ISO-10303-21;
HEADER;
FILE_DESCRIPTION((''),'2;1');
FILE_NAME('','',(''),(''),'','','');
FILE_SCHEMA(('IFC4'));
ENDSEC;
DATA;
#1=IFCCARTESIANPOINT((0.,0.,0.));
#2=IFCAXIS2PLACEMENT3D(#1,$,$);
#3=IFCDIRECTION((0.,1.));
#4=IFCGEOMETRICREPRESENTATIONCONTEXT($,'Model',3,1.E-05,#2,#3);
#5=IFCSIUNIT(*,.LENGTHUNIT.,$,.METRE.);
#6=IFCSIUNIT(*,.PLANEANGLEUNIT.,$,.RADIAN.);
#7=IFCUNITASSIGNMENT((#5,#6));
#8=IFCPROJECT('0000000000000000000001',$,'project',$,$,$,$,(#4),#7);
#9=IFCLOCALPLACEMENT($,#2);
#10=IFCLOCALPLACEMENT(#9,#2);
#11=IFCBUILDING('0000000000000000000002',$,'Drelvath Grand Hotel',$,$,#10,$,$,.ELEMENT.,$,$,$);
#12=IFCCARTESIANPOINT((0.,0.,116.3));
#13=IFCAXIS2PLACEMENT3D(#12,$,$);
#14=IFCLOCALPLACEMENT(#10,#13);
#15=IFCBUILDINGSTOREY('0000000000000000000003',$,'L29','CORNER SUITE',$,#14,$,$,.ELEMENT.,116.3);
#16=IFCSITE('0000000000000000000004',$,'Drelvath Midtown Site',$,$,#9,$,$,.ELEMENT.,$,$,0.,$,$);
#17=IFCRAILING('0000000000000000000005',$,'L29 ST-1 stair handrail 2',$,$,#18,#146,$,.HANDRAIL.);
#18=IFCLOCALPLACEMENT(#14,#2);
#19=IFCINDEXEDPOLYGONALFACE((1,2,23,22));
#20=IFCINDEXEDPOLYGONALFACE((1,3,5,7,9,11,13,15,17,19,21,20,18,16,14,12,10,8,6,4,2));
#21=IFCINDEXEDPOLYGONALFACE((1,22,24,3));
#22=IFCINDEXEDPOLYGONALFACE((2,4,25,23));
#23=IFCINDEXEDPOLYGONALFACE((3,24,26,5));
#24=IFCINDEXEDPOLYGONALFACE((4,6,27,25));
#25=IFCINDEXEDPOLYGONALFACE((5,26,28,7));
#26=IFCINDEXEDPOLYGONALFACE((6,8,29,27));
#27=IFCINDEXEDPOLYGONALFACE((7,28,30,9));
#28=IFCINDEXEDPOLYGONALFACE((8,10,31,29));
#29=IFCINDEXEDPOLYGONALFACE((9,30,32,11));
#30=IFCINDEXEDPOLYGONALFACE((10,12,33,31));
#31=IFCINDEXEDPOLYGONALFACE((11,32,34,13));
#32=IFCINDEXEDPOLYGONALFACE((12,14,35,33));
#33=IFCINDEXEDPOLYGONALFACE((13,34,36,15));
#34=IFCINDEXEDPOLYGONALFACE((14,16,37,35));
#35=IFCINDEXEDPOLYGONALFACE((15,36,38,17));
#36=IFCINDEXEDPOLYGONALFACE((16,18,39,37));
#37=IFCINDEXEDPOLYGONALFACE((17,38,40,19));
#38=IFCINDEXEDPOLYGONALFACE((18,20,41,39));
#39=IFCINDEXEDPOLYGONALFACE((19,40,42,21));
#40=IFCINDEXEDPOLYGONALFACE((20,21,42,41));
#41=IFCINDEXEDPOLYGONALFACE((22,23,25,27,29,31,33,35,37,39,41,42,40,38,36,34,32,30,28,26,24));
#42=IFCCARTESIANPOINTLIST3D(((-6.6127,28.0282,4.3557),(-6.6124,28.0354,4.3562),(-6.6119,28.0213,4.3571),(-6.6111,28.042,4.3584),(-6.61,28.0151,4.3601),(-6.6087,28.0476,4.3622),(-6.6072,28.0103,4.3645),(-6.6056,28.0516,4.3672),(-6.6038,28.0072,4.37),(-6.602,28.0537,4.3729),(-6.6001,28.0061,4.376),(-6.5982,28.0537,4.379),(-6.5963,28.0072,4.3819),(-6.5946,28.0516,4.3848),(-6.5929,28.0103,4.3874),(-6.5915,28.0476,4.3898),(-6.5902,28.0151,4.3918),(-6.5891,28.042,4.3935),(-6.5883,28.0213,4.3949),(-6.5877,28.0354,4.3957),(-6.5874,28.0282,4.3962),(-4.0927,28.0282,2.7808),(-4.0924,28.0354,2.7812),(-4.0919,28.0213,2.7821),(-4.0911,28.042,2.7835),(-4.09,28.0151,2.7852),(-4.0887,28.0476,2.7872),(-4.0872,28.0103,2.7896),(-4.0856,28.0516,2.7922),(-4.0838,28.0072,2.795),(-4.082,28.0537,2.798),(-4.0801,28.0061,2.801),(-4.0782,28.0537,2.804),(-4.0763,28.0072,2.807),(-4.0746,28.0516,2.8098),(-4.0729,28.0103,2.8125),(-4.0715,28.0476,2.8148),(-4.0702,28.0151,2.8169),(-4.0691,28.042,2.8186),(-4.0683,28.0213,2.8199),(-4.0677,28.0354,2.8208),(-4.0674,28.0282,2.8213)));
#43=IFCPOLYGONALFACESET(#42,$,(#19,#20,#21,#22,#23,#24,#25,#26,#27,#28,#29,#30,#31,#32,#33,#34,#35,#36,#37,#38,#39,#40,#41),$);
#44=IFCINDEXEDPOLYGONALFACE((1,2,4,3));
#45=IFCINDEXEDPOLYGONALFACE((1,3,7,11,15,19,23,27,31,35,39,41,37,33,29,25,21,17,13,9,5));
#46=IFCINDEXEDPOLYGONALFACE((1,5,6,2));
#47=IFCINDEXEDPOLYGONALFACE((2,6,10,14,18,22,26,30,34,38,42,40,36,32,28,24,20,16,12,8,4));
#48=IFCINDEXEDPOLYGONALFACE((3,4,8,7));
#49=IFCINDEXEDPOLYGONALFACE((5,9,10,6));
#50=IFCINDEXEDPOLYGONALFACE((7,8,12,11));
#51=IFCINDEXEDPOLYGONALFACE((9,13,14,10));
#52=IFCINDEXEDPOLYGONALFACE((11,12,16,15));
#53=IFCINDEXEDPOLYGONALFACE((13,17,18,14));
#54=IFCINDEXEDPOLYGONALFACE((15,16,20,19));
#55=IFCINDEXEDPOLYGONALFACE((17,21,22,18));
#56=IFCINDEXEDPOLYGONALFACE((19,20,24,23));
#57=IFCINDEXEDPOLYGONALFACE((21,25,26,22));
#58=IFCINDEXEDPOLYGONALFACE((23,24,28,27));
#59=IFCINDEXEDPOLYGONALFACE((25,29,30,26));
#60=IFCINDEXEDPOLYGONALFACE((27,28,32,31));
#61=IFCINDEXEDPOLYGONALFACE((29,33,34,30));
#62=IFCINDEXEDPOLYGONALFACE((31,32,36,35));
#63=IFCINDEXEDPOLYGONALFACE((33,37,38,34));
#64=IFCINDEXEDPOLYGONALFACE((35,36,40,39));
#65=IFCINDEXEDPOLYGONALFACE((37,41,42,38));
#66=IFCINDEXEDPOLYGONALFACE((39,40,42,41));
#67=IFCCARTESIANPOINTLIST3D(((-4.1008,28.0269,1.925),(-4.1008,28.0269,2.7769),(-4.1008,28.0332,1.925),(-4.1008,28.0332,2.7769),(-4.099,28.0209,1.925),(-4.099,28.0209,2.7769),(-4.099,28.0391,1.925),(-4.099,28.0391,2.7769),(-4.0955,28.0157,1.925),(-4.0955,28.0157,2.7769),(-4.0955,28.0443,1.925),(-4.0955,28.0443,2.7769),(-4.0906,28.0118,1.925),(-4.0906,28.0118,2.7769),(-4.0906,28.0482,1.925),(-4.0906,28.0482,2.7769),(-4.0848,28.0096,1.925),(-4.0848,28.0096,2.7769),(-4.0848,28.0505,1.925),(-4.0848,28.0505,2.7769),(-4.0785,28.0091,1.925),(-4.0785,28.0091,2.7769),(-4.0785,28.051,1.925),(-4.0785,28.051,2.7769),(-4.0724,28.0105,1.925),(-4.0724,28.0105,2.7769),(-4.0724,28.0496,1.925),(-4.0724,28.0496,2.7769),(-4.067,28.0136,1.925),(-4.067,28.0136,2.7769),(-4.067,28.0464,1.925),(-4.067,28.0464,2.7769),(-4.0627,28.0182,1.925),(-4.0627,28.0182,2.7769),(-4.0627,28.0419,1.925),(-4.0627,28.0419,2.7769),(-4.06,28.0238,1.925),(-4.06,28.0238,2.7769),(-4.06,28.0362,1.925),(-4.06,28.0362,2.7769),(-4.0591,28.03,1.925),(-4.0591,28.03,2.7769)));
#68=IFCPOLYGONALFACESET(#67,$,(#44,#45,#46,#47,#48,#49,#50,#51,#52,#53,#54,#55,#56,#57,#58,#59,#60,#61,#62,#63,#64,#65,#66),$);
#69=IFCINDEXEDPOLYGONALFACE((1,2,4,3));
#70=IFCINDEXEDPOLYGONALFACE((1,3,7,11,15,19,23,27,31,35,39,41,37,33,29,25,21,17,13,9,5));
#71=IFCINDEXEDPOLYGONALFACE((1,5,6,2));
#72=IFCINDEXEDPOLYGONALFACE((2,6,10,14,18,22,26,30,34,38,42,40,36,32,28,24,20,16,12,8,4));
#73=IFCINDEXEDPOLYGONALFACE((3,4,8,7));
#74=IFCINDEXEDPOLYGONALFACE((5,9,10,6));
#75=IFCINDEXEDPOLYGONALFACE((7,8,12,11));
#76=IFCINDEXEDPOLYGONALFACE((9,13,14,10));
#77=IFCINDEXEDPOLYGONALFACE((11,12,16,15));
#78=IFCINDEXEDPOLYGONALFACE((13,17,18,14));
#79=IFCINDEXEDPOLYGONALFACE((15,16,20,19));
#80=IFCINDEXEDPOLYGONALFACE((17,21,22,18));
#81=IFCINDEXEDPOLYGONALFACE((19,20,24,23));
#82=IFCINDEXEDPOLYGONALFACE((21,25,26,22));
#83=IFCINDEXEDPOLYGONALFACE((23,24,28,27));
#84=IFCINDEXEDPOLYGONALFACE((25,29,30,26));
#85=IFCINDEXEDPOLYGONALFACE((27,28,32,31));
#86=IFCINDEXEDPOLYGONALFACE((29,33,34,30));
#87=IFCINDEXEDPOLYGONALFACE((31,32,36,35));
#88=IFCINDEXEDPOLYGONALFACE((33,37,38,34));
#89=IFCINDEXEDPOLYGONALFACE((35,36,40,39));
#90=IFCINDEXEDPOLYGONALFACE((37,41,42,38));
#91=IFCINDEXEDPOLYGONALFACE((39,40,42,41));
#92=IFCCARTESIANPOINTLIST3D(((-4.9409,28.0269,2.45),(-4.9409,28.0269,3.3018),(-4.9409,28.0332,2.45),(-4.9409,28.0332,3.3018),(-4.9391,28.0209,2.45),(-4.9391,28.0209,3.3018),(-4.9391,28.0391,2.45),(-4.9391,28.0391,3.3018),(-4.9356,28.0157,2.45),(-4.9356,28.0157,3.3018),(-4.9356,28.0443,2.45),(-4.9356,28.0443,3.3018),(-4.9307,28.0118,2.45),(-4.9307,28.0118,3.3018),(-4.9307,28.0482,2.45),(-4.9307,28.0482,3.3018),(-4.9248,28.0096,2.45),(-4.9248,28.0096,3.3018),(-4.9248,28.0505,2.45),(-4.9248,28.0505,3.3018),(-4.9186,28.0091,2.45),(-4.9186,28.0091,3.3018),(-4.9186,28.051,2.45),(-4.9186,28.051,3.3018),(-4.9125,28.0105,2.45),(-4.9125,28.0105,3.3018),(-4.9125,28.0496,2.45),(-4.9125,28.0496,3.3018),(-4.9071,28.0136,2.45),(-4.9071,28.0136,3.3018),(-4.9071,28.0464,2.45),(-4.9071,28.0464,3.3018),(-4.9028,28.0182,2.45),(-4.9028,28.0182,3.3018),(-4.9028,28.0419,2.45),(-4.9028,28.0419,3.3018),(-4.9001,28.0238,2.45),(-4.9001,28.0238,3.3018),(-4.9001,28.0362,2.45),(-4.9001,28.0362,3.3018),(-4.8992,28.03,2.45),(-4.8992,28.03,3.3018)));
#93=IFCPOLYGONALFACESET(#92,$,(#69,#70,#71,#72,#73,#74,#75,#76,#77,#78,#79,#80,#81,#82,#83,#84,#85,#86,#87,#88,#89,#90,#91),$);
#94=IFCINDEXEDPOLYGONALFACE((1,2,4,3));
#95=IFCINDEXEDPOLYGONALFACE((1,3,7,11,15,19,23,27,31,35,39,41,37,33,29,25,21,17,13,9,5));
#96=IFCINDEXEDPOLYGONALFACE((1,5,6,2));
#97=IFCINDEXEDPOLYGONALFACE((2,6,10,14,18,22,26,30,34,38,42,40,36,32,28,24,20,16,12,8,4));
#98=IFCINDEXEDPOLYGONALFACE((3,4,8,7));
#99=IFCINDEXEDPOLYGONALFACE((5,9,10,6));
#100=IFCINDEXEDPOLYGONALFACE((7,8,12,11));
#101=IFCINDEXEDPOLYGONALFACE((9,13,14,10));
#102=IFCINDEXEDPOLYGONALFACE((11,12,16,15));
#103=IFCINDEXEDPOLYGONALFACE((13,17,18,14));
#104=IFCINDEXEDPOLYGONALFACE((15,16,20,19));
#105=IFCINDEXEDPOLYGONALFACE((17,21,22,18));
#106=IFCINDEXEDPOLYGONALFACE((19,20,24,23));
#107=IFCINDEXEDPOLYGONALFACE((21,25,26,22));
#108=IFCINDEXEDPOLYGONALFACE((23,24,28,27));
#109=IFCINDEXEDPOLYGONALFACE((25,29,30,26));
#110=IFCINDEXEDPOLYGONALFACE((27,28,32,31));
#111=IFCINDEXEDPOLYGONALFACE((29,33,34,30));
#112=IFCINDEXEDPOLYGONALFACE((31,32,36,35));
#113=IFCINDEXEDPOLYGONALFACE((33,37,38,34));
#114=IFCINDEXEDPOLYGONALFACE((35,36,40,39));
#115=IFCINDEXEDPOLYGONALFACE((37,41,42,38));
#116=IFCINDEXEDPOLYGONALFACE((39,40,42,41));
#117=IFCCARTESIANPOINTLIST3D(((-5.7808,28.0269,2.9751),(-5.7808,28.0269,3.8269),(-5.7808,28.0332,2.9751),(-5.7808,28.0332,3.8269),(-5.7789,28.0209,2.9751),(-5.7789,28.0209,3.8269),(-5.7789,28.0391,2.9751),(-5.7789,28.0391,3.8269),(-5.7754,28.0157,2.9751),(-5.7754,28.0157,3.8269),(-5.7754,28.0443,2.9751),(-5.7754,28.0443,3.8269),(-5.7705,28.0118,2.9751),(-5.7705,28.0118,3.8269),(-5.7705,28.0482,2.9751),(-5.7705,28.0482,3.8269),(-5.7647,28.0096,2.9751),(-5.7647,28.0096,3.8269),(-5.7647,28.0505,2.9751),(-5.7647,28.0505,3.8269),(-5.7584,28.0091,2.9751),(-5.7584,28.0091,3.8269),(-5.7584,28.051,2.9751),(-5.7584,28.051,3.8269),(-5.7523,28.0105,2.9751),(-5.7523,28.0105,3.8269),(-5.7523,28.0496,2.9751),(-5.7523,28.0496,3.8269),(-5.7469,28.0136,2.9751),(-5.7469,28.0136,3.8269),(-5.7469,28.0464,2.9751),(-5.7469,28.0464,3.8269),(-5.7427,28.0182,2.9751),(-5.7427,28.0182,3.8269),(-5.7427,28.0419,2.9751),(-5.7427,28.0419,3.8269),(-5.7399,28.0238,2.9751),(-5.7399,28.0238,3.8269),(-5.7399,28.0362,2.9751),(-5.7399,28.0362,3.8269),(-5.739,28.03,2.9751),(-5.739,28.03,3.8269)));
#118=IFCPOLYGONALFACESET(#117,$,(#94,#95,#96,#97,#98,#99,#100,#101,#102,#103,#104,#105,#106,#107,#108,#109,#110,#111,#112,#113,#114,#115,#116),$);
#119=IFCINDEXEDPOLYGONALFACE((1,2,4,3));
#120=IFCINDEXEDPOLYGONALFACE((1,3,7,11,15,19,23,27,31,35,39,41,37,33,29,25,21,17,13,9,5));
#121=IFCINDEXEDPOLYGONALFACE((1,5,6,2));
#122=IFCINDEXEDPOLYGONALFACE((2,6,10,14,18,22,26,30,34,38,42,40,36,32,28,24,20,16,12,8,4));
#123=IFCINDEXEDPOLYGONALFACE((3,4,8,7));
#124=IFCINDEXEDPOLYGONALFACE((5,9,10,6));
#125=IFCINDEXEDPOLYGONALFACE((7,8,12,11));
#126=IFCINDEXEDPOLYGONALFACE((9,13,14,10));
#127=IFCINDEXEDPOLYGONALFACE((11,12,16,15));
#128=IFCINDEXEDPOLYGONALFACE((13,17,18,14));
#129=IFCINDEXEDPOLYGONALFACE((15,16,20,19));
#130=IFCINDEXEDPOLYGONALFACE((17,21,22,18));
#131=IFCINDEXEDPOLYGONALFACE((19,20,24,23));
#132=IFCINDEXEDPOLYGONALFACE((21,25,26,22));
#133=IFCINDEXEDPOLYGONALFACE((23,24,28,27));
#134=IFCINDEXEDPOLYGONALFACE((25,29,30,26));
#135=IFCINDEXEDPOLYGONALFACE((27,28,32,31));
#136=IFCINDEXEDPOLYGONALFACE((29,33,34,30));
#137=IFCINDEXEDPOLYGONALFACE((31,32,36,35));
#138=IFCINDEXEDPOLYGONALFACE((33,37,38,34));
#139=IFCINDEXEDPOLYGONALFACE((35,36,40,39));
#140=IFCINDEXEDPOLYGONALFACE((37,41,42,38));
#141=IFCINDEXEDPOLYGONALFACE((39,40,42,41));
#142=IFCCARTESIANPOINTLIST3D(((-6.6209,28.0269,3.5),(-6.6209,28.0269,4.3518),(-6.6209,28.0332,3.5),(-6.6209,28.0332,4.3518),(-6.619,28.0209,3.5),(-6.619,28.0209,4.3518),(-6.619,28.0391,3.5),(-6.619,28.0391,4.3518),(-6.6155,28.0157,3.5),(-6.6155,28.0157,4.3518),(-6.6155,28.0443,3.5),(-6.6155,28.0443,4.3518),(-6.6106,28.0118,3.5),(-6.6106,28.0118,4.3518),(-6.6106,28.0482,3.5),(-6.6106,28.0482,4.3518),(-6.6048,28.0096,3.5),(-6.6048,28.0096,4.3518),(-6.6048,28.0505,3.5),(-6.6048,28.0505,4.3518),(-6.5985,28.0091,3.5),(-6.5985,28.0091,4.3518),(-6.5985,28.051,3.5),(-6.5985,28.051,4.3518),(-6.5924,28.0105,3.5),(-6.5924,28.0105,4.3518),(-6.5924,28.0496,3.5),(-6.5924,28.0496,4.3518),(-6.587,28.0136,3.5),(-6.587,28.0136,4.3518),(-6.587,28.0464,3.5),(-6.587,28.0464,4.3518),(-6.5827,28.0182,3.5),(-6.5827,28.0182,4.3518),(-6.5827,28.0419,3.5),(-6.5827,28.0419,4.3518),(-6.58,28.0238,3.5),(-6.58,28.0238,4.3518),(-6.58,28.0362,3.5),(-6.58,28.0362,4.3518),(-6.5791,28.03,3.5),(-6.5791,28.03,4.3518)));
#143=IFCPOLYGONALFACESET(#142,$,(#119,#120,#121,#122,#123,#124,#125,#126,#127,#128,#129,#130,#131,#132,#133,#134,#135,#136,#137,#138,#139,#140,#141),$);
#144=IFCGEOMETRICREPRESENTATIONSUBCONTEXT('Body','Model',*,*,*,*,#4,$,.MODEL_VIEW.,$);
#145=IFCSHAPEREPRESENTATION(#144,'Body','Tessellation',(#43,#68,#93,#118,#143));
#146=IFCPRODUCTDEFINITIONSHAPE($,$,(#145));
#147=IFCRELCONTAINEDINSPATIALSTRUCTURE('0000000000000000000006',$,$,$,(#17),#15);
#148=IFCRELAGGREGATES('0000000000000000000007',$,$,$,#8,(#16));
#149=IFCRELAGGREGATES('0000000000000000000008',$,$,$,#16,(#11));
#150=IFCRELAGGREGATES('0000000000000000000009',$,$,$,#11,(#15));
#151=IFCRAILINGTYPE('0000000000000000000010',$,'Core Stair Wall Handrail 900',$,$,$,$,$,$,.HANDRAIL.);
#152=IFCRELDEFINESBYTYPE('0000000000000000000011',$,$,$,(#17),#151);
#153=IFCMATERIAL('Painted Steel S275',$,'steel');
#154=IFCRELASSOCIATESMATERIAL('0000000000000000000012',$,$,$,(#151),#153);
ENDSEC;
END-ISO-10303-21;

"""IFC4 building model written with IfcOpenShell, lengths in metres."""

from ifc_helpers import new_model, si_unit, direction, frame, origin, origin_2d, place, context, subcontext, project, spatial, circle, extrude, material, type_object, element, save


model = new_model("IFC4")

# Units and contexts
model_context = context("Model", 3, precision=1e-05, world=origin(), true_north=direction((0.0, 1.0)))
body_context = subcontext(model_context, "Body", "Model", "MODEL_VIEW")
ifc_project = project(units=[si_unit("LENGTHUNIT", "METRE"), si_unit("PLANEANGLEUNIT", "RADIAN")], contexts=[model_context])

# Site, building, storey
site_placement = place(None, origin())
site = spatial("IfcSite", under=ifc_project, at=site_placement, Name="Drelvath Midtown Site", CompositionType="ELEMENT", RefElevation=0.0)
building_placement = place(site_placement, origin())
building = spatial("IfcBuilding", under=site, at=building_placement, Name="Drelvath Grand Hotel", CompositionType="ELEMENT")
storey_placement = place(building_placement, frame((0.0, 0.0, 116.3)))
storey = spatial("IfcBuildingStorey", under=building, at=storey_placement, Name="L29", Description="CORNER SUITE", CompositionType="ELEMENT", Elevation=116.3)

# Shared definitions
ifc_material_1 = material(Name="Painted Steel S275", Category="steel")

# Railing
railing_type = type_object("IfcRailingType", Name="Core Stair Wall Handrail 900", PredefinedType="HANDRAIL", material=ifc_material_1)
railing_placement = place(storey_placement, frame((-4.0801, 28.03, 1.925)))
element("IfcRailing", 1, at=railing_placement, inside=storey, type_object=railing_type, Name="L29 ST-1 stair handrail 2", PredefinedType="HANDRAIL", context=body_context, shape_type="SweptSolid", body=[
    extrude(circle(Radius=0.0239, at=origin_2d()), frame((0.0, 0.0, 0.876), z_axis=(-0.848008, 0.0, 0.529984), x_axis=(0.0, -1.0, 0.0)), (0.0, 0.0, 1.0), 2.9717),
    extrude(circle(Radius=0.021, at=origin_2d()), origin(), (0.0, 0.0, 1.0), 0.8518),
    extrude(circle(Radius=0.021, at=origin_2d()), frame((-0.8401, 0.0, 0.5249)), (0.0, 0.0, 1.0), 0.8518),
    extrude(circle(Radius=0.021, at=origin_2d()), frame((-1.6799, 0.0, 1.05)), (0.0, 0.0, 1.0), 0.8518),
    extrude(circle(Radius=0.021, at=origin_2d()), frame((-2.52, 0.0, 1.575)), (0.0, 0.0, 1.0), 0.8518),
])

save(model, "model.ifc")
